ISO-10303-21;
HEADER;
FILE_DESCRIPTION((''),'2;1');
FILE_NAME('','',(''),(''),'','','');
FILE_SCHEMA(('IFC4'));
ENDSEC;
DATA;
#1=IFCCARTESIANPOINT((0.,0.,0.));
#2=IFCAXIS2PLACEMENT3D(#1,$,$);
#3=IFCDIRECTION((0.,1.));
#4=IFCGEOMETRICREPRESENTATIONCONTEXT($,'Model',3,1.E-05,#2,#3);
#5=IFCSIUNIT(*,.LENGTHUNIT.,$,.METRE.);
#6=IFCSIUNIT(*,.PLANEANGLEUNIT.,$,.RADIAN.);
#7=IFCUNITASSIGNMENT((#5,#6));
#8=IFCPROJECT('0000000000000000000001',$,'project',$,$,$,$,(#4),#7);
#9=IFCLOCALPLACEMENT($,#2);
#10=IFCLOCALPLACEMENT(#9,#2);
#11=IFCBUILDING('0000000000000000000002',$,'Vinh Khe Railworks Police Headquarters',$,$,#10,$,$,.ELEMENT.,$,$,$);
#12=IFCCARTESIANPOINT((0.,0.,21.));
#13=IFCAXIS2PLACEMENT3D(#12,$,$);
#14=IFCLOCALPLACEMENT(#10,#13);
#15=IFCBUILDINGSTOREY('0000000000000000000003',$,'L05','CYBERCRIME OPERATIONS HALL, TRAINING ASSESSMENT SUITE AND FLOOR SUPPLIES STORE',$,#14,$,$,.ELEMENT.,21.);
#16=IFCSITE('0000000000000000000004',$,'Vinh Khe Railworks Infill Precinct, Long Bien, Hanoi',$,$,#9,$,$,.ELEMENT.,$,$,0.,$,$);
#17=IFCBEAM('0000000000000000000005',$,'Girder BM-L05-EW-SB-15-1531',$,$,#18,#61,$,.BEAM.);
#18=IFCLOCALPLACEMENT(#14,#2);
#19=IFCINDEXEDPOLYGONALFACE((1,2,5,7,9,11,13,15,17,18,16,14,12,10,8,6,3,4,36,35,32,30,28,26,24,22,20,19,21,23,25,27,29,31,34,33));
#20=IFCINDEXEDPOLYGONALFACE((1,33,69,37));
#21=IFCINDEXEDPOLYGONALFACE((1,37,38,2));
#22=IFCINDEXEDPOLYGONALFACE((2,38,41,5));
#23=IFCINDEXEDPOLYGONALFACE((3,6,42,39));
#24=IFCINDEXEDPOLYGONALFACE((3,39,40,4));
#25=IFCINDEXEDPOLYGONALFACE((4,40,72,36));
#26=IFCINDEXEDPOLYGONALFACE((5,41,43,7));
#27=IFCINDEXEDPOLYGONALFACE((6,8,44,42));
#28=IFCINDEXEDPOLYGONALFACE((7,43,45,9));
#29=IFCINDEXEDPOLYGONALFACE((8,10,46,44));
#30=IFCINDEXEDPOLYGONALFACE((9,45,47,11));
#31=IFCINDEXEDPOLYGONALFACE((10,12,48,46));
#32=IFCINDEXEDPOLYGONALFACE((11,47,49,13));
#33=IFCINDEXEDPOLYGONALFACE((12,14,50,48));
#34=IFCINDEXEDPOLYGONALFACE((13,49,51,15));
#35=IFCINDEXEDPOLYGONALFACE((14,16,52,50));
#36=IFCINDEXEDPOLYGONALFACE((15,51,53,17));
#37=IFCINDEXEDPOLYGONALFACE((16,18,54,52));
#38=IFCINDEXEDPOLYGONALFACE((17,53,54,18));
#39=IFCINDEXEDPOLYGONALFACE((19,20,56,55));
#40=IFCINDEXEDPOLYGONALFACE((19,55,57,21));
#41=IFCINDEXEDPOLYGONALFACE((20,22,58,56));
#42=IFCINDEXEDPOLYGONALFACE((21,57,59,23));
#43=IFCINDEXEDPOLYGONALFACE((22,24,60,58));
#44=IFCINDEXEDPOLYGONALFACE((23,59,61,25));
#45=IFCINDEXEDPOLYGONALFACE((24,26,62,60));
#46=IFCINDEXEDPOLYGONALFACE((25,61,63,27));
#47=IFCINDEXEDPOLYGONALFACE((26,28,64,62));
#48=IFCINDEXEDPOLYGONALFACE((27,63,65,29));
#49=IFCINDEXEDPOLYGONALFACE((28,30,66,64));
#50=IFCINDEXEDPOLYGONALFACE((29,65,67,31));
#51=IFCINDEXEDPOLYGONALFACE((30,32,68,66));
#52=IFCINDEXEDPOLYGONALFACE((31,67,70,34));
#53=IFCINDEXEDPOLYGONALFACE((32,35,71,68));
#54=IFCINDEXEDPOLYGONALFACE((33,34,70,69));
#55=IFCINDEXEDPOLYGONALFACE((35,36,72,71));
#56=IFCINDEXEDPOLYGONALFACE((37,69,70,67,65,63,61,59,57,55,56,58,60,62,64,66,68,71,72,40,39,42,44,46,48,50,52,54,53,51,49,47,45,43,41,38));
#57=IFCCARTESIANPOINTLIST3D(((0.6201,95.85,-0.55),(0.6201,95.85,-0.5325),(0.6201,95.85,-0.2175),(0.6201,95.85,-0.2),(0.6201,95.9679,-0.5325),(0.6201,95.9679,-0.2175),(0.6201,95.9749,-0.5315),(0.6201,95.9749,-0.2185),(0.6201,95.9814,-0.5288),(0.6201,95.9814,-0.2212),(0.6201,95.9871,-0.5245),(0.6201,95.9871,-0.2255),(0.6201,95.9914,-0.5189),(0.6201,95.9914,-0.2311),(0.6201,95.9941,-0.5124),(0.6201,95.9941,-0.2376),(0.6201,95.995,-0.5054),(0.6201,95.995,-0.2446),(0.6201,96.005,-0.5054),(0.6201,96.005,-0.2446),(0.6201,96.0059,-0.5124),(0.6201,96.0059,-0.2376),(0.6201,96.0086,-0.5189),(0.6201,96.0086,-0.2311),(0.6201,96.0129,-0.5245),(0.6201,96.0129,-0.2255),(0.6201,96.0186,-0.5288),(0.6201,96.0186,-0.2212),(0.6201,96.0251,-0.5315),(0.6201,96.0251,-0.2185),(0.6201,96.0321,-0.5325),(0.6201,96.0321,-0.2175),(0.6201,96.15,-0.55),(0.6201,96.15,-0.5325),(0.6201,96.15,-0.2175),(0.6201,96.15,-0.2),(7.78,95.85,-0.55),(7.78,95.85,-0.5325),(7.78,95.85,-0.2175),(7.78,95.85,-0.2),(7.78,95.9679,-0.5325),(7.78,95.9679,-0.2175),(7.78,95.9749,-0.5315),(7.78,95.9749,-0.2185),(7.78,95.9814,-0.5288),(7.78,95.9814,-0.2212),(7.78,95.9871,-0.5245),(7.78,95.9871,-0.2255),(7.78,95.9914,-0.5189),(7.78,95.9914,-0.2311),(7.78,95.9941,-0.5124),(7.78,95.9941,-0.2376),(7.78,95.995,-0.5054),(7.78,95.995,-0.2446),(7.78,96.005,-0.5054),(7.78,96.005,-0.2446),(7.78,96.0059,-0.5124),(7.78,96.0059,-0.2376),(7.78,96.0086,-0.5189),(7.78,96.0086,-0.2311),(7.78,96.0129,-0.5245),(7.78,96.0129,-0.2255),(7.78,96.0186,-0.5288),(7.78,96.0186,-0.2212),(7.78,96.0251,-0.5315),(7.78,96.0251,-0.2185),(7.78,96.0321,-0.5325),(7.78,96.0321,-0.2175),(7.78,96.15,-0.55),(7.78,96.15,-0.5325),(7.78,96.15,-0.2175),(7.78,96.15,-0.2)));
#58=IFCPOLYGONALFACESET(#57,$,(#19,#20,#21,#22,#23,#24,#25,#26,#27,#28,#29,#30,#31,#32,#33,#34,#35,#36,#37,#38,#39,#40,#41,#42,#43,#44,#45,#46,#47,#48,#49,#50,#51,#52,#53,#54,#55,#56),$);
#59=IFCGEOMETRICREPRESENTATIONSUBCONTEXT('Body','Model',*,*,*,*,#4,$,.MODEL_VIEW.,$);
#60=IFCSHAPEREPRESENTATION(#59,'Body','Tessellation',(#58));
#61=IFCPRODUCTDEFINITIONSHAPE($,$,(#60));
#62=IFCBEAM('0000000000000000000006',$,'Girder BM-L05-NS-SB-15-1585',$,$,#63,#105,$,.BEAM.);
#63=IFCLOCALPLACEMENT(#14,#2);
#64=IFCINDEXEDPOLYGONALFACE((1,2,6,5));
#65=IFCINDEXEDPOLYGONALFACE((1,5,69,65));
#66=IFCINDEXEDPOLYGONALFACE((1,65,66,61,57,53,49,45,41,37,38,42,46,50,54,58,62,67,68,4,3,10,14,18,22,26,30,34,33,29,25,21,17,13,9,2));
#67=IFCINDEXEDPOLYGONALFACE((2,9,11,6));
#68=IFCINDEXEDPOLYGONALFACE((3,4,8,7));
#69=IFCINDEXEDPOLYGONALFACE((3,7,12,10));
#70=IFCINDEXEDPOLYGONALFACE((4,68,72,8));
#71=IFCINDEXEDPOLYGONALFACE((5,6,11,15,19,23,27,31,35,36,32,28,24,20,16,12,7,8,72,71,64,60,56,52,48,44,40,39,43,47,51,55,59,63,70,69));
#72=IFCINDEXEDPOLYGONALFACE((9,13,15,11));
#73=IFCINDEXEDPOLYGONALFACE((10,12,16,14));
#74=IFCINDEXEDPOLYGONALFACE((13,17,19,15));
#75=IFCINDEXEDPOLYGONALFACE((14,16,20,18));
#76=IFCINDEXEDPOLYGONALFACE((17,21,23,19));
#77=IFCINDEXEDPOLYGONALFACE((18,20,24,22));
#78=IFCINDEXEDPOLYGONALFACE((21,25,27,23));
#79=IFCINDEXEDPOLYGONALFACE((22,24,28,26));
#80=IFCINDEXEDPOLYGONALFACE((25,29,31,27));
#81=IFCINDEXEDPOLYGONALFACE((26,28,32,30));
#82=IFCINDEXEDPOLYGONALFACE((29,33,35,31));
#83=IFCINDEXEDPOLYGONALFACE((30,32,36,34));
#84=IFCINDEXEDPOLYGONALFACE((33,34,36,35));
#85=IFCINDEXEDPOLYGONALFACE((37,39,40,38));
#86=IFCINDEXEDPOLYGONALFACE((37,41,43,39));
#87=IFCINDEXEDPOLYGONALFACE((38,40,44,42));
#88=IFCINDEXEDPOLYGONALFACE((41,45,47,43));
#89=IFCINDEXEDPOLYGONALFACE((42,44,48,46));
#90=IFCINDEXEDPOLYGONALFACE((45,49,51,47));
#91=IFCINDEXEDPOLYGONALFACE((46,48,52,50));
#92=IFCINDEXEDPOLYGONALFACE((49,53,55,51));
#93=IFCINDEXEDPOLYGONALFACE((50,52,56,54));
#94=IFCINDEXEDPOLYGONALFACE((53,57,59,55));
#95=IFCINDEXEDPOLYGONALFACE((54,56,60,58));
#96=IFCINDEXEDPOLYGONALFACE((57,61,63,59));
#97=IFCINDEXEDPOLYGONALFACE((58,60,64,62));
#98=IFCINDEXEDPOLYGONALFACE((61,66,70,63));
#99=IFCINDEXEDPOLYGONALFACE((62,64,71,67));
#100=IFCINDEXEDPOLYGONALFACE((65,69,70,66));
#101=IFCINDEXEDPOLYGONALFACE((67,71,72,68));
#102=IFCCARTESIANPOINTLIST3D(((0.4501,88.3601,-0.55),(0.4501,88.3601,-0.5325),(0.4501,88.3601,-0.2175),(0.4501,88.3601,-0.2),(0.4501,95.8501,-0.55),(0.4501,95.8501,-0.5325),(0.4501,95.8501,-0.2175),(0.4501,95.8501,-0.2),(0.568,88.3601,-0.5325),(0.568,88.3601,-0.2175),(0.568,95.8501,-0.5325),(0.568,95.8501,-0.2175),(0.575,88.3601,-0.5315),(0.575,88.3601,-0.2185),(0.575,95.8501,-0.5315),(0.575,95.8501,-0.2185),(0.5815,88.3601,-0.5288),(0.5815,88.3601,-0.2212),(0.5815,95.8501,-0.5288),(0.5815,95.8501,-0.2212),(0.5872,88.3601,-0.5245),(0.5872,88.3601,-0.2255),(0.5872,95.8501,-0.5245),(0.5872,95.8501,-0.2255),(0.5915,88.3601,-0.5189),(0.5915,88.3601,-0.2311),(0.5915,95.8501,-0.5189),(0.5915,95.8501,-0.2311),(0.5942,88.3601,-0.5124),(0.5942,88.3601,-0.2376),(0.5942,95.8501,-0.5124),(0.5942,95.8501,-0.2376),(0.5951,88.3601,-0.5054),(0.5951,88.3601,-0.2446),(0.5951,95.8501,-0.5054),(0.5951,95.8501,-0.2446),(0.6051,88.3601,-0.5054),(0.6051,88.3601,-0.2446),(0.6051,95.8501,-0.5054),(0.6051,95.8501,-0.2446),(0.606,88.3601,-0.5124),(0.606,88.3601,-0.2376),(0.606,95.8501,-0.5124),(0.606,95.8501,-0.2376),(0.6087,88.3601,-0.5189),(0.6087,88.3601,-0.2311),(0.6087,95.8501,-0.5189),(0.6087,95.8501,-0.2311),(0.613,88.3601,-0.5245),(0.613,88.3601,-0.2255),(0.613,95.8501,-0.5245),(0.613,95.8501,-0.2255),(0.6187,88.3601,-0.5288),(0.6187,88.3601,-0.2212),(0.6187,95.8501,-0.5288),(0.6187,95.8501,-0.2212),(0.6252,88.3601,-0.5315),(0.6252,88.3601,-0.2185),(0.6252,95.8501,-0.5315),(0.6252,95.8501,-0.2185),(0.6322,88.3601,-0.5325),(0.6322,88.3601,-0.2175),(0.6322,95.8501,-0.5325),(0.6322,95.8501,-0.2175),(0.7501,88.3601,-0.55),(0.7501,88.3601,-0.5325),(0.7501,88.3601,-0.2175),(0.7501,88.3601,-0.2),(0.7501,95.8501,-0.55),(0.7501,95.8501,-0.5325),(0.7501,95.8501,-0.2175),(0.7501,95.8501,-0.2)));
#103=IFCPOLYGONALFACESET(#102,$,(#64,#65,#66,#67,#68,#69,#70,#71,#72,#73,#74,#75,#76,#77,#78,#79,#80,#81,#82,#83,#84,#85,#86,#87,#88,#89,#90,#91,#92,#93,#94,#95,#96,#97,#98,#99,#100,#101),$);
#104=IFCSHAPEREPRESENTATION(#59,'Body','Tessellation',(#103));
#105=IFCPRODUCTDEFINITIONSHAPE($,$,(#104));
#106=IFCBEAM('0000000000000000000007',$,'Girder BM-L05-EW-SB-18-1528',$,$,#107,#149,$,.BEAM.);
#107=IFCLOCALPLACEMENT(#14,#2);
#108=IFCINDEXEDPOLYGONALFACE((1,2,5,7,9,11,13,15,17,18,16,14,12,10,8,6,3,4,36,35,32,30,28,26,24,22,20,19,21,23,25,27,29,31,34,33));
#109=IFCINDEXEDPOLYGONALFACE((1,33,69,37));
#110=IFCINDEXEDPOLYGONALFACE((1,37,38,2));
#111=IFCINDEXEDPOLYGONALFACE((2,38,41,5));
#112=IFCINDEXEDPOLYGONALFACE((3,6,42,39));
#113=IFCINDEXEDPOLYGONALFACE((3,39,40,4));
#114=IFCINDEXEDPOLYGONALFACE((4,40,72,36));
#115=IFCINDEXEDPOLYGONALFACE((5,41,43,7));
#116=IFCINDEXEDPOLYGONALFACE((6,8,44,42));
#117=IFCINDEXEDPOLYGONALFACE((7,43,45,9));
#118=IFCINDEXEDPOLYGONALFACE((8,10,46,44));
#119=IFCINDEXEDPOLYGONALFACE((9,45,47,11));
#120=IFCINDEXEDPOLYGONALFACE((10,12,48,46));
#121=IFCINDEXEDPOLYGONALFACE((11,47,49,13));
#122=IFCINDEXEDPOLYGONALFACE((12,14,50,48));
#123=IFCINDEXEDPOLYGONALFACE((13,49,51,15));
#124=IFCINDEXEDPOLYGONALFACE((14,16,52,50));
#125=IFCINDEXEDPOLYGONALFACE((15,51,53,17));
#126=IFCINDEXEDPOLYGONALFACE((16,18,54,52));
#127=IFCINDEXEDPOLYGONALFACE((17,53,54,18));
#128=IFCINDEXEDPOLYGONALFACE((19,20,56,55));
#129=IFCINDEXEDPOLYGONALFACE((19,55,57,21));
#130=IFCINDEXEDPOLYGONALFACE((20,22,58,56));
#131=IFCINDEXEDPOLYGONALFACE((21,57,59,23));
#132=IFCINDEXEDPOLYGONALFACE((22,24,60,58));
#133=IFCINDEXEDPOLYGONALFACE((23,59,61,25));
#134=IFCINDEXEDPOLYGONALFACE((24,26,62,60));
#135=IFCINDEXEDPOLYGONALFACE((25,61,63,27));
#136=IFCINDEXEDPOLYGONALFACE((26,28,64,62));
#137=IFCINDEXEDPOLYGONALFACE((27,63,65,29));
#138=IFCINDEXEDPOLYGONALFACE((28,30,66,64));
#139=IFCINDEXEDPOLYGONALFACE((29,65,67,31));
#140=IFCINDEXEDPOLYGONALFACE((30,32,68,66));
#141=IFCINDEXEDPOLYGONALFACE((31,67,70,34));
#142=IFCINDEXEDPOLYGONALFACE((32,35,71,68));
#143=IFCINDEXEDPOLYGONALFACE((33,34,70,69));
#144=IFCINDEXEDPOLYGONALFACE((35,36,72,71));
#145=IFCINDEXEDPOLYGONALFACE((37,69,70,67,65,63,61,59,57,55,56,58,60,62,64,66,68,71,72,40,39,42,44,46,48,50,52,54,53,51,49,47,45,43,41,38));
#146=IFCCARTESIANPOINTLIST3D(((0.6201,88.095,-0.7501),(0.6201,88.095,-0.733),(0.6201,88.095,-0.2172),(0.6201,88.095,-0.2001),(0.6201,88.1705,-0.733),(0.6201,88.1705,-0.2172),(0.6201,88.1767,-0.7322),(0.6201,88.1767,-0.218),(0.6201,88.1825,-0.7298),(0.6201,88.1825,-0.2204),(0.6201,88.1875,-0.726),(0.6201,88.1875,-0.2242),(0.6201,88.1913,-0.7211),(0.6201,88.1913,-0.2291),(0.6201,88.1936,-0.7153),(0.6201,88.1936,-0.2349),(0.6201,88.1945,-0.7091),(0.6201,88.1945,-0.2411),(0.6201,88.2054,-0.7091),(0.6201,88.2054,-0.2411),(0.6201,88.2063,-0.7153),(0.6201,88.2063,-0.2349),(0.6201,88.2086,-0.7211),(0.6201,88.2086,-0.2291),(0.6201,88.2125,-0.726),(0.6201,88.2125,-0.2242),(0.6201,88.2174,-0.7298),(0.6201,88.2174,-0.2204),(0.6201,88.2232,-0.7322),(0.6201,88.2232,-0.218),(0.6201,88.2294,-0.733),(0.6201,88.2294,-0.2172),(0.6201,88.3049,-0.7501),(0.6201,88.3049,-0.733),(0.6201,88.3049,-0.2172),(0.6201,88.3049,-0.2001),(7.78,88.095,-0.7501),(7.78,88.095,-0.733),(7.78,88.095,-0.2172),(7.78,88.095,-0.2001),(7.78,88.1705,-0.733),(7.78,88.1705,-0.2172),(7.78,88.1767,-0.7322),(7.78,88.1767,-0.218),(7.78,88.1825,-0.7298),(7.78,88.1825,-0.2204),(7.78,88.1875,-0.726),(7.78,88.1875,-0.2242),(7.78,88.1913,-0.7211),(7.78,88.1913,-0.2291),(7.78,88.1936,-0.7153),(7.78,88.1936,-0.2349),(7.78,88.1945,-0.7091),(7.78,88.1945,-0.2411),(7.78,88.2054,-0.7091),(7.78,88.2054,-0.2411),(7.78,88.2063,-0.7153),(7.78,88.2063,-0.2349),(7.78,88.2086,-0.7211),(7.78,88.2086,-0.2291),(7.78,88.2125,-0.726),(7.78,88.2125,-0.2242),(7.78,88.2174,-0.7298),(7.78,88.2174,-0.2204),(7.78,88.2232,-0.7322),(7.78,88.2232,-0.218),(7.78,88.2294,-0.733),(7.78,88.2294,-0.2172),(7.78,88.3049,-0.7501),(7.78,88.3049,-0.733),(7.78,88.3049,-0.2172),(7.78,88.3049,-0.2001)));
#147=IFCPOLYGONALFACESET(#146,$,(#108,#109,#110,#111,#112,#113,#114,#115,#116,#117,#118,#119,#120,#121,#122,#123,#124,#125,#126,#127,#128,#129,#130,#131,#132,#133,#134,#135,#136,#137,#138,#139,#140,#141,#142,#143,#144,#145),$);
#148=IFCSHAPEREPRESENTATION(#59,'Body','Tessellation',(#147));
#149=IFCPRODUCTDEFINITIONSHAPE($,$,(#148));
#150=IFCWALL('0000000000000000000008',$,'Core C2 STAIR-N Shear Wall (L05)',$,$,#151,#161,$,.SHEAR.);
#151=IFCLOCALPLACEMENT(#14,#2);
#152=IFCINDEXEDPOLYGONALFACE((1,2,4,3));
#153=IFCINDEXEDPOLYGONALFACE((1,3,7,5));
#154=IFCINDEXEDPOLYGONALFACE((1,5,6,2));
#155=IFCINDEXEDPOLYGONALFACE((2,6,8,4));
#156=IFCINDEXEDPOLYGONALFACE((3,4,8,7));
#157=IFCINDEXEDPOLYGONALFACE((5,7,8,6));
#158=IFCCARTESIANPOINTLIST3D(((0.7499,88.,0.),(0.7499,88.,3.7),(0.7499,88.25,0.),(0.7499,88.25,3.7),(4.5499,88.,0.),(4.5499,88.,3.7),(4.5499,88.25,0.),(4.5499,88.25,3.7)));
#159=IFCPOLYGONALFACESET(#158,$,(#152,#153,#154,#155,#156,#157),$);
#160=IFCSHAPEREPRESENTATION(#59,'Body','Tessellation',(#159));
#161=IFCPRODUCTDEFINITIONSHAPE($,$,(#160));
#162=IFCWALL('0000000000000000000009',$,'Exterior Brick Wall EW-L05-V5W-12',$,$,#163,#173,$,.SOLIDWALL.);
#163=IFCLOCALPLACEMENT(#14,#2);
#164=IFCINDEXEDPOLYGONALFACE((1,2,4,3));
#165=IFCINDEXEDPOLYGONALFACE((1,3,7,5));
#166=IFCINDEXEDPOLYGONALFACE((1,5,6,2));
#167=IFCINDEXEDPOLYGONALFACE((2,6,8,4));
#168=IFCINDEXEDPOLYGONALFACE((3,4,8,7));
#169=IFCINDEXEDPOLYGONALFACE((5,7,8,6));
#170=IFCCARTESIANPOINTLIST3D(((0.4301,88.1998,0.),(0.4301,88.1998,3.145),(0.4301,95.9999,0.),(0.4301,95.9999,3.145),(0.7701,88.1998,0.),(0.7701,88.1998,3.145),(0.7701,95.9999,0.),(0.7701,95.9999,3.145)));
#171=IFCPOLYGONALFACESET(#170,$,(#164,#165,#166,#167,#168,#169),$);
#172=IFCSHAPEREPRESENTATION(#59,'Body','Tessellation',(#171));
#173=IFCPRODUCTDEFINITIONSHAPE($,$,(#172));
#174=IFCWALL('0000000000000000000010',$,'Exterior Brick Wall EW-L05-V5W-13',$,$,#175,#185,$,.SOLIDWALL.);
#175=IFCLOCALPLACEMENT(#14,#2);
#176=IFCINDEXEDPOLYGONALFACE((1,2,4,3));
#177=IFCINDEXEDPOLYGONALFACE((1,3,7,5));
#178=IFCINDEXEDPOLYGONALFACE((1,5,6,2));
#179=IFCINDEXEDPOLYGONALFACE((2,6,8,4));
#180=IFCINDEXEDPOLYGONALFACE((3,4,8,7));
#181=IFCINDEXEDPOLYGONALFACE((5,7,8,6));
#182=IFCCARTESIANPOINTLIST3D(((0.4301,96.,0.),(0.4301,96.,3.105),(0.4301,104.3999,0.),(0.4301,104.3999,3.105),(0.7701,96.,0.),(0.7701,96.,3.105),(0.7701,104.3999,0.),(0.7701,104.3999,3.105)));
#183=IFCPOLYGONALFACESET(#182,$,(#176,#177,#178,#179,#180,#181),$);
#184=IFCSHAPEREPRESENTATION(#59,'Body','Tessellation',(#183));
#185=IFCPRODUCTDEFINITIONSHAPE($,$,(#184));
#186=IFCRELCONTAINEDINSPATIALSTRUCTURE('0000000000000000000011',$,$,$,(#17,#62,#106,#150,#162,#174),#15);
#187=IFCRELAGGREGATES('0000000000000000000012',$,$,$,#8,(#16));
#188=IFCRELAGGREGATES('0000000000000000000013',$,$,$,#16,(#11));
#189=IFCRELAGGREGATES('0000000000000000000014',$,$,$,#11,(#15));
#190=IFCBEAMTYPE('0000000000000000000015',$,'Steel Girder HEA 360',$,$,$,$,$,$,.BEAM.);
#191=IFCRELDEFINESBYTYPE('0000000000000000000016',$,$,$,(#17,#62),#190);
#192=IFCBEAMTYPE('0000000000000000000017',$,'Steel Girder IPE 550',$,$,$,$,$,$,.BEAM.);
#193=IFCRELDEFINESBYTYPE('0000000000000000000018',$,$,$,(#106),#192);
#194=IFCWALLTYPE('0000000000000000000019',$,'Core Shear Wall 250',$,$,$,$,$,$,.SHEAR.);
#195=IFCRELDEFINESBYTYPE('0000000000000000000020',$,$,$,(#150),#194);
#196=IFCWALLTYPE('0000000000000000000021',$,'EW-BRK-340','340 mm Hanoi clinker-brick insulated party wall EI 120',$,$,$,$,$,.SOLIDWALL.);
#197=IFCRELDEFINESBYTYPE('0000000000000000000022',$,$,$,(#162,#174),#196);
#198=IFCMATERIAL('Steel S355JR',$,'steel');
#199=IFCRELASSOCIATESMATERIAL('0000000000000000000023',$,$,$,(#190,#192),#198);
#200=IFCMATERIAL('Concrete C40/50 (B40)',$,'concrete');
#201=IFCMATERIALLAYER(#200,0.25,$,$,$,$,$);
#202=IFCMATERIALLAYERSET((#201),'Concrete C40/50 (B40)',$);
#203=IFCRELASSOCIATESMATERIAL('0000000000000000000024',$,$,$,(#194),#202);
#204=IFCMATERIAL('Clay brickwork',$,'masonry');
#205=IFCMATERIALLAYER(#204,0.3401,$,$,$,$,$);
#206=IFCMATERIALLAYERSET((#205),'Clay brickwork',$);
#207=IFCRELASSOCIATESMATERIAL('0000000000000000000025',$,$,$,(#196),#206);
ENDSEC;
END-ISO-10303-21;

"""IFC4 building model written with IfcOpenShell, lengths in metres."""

from ifc_helpers import new_model, si_unit, direction, frame, frame_2d, origin, origin_2d, place, context, subcontext, project, spatial, rectangle, i_section, extrude, material, layer, layer_set, material_profile, profile_set, type_object, element, save


model = new_model("IFC4")

# Units and contexts
model_context = context("Model", 3, precision=1e-05, world=origin(), true_north=direction((0.0, 1.0)))
body_context = subcontext(model_context, "Body", "Model", "MODEL_VIEW")
ifc_project = project(units=[si_unit("LENGTHUNIT", "METRE"), si_unit("PLANEANGLEUNIT", "RADIAN")], contexts=[model_context])

# Site, building, storey
site_placement = place(None, origin())
site = spatial("IfcSite", under=ifc_project, at=site_placement, Name="Vinh Khe Railworks Infill Precinct, Long Bien, Hanoi", CompositionType="ELEMENT", RefElevation=0.0)
building_placement = place(site_placement, origin())
building = spatial("IfcBuilding", under=site, at=building_placement, Name="Vinh Khe Railworks Police Headquarters", CompositionType="ELEMENT")
storey_placement = place(building_placement, frame((0.0, 0.0, 21.0)))
storey = spatial("IfcBuildingStorey", under=building, at=storey_placement, Name="L05", Description="CYBERCRIME OPERATIONS HALL, TRAINING ASSESSMENT SUITE AND FLOOR SUPPLIES STORE", CompositionType="ELEMENT", Elevation=21.0)

# Shared definitions
ifc_material_1 = material(Name="Steel S355JR", Category="steel")

# Beams
ifc_material_profile_1 = material_profile(ifc_material_1, i_section(OverallWidth=0.3, OverallDepth=0.3501, WebThickness=0.01, FlangeThickness=0.0176, FilletRadius=0.0271, at=origin_2d()), Name="HEA 360")
ifc_profile_set_1 = profile_set([ifc_material_profile_1], Name="Steel S355JR")
beam_type_1 = type_object("IfcBeamType", Name="Steel Girder HEA 360", PredefinedType="BEAM", material=ifc_profile_set_1)
beam_1_placement = place(storey_placement, frame((0.6201, 96.0, -0.375), z_axis=(1.0, 0.0, 0.0), x_axis=(0.0, 1.0, 0.0)))
element("IfcBeam", 1, at=beam_1_placement, inside=storey, type_object=beam_type_1, Name="Girder BM-L05-EW-SB-15-1531", PredefinedType="BEAM", context=body_context, shape_type="SweptSolid", body=[
    extrude(i_section(OverallWidth=0.3, OverallDepth=0.3501, WebThickness=0.01, FlangeThickness=0.0176, FilletRadius=0.0271, at=origin_2d()), origin(), (0.0, 0.0, 1.0), 7.1599),
])
beam_2_placement = place(storey_placement, frame((0.6001, 88.3601, -0.375), z_axis=(0.0, 1.0, 0.0), x_axis=(-1.0, 0.0, 0.0)))
element("IfcBeam", 2, at=beam_2_placement, inside=storey, type_object=beam_type_1, Name="Girder BM-L05-NS-SB-15-1585", PredefinedType="BEAM", context=body_context, shape_type="SweptSolid", body=[
    extrude(i_section(OverallWidth=0.3, OverallDepth=0.3501, WebThickness=0.01, FlangeThickness=0.0176, FilletRadius=0.0271, at=origin_2d()), origin(), (0.0, 0.0, 1.0), 7.49),
])
ifc_material_profile_2 = material_profile(ifc_material_1, i_section(OverallWidth=0.21, OverallDepth=0.55, WebThickness=0.011, FlangeThickness=0.0171, FilletRadius=0.0239, at=origin_2d()), Name="IPE 550")
ifc_profile_set_2 = profile_set([ifc_material_profile_2], Name="Steel S355JR")
beam_type_2 = type_object("IfcBeamType", Name="Steel Girder IPE 550", PredefinedType="BEAM", material=ifc_profile_set_2)
beam_3_placement = place(storey_placement, frame((0.6201, 88.2, -0.4751), z_axis=(1.0, 0.0, 0.0), x_axis=(0.0, 1.0, 0.0)))
element("IfcBeam", 3, at=beam_3_placement, inside=storey, type_object=beam_type_2, Name="Girder BM-L05-EW-SB-18-1528", PredefinedType="BEAM", context=body_context, shape_type="SweptSolid", body=[
    extrude(i_section(OverallWidth=0.21, OverallDepth=0.55, WebThickness=0.011, FlangeThickness=0.0171, FilletRadius=0.0239, at=origin_2d()), origin(), (0.0, 0.0, 1.0), 7.1599),
])

# Walls
ifc_material_2 = material(Name="Concrete C40/50 (B40)", Category="concrete")
ifc_layer_1 = layer(ifc_material_2, 0.25)
ifc_layer_set_1 = layer_set([ifc_layer_1], Name="Concrete C40/50 (B40)")
wall_type_1 = type_object("IfcWallType", Name="Core Shear Wall 250", PredefinedType="SHEAR", material=ifc_layer_set_1)
wall_1_placement = place(storey_placement, frame((0.75, 88.125, 0.0), z_axis=(0.0, 0.0, 1.0), x_axis=(1.0, 0.0, 0.0)))
element("IfcWall", 4, at=wall_1_placement, inside=storey, type_object=wall_type_1, Name="Core C2 STAIR-N Shear Wall (L05)", PredefinedType="SHEAR", context=body_context, shape_type="SweptSolid", body=[
    extrude(rectangle(XDim=3.8, YDim=0.25, at=frame_2d((1.8999, 0.0))), origin(), (0.0, 0.0, 1.0), 3.7),
])
ifc_material_3 = material(Name="Clay brickwork", Category="masonry")
ifc_layer_2 = layer(ifc_material_3, 0.3401)
ifc_layer_set_2 = layer_set([ifc_layer_2], Name="Clay brickwork")
wall_type_2 = type_object("IfcWallType", Name="EW-BRK-340", Description="340 mm Hanoi clinker-brick insulated party wall EI 120", PredefinedType="SOLIDWALL", material=ifc_layer_set_2)
wall_2_placement = place(storey_placement, frame((0.6001, 88.2, 0.0), z_axis=(0.0, 0.0, 1.0), x_axis=(0.0, 1.0, 0.0)))
element("IfcWall", 5, at=wall_2_placement, inside=storey, type_object=wall_type_2, Name="Exterior Brick Wall EW-L05-V5W-12", PredefinedType="SOLIDWALL", context=body_context, shape_type="SweptSolid", body=[
    extrude(rectangle(XDim=7.8, YDim=0.3401, at=frame_2d((3.8999, 0.0))), origin(), (0.0, 0.0, 1.0), 3.145),
])
wall_3_placement = place(storey_placement, frame((0.6001, 96.0, 0.0), z_axis=(0.0, 0.0, 1.0), x_axis=(0.0, 1.0, 0.0)))
element("IfcWall", 6, at=wall_3_placement, inside=storey, type_object=wall_type_2, Name="Exterior Brick Wall EW-L05-V5W-13", PredefinedType="SOLIDWALL", context=body_context, shape_type="SweptSolid", body=[
    extrude(rectangle(XDim=8.3999, YDim=0.3401, at=frame_2d((4.2, 0.0))), origin(), (0.0, 0.0, 1.0), 3.105),
])

save(model, "model.ifc")
